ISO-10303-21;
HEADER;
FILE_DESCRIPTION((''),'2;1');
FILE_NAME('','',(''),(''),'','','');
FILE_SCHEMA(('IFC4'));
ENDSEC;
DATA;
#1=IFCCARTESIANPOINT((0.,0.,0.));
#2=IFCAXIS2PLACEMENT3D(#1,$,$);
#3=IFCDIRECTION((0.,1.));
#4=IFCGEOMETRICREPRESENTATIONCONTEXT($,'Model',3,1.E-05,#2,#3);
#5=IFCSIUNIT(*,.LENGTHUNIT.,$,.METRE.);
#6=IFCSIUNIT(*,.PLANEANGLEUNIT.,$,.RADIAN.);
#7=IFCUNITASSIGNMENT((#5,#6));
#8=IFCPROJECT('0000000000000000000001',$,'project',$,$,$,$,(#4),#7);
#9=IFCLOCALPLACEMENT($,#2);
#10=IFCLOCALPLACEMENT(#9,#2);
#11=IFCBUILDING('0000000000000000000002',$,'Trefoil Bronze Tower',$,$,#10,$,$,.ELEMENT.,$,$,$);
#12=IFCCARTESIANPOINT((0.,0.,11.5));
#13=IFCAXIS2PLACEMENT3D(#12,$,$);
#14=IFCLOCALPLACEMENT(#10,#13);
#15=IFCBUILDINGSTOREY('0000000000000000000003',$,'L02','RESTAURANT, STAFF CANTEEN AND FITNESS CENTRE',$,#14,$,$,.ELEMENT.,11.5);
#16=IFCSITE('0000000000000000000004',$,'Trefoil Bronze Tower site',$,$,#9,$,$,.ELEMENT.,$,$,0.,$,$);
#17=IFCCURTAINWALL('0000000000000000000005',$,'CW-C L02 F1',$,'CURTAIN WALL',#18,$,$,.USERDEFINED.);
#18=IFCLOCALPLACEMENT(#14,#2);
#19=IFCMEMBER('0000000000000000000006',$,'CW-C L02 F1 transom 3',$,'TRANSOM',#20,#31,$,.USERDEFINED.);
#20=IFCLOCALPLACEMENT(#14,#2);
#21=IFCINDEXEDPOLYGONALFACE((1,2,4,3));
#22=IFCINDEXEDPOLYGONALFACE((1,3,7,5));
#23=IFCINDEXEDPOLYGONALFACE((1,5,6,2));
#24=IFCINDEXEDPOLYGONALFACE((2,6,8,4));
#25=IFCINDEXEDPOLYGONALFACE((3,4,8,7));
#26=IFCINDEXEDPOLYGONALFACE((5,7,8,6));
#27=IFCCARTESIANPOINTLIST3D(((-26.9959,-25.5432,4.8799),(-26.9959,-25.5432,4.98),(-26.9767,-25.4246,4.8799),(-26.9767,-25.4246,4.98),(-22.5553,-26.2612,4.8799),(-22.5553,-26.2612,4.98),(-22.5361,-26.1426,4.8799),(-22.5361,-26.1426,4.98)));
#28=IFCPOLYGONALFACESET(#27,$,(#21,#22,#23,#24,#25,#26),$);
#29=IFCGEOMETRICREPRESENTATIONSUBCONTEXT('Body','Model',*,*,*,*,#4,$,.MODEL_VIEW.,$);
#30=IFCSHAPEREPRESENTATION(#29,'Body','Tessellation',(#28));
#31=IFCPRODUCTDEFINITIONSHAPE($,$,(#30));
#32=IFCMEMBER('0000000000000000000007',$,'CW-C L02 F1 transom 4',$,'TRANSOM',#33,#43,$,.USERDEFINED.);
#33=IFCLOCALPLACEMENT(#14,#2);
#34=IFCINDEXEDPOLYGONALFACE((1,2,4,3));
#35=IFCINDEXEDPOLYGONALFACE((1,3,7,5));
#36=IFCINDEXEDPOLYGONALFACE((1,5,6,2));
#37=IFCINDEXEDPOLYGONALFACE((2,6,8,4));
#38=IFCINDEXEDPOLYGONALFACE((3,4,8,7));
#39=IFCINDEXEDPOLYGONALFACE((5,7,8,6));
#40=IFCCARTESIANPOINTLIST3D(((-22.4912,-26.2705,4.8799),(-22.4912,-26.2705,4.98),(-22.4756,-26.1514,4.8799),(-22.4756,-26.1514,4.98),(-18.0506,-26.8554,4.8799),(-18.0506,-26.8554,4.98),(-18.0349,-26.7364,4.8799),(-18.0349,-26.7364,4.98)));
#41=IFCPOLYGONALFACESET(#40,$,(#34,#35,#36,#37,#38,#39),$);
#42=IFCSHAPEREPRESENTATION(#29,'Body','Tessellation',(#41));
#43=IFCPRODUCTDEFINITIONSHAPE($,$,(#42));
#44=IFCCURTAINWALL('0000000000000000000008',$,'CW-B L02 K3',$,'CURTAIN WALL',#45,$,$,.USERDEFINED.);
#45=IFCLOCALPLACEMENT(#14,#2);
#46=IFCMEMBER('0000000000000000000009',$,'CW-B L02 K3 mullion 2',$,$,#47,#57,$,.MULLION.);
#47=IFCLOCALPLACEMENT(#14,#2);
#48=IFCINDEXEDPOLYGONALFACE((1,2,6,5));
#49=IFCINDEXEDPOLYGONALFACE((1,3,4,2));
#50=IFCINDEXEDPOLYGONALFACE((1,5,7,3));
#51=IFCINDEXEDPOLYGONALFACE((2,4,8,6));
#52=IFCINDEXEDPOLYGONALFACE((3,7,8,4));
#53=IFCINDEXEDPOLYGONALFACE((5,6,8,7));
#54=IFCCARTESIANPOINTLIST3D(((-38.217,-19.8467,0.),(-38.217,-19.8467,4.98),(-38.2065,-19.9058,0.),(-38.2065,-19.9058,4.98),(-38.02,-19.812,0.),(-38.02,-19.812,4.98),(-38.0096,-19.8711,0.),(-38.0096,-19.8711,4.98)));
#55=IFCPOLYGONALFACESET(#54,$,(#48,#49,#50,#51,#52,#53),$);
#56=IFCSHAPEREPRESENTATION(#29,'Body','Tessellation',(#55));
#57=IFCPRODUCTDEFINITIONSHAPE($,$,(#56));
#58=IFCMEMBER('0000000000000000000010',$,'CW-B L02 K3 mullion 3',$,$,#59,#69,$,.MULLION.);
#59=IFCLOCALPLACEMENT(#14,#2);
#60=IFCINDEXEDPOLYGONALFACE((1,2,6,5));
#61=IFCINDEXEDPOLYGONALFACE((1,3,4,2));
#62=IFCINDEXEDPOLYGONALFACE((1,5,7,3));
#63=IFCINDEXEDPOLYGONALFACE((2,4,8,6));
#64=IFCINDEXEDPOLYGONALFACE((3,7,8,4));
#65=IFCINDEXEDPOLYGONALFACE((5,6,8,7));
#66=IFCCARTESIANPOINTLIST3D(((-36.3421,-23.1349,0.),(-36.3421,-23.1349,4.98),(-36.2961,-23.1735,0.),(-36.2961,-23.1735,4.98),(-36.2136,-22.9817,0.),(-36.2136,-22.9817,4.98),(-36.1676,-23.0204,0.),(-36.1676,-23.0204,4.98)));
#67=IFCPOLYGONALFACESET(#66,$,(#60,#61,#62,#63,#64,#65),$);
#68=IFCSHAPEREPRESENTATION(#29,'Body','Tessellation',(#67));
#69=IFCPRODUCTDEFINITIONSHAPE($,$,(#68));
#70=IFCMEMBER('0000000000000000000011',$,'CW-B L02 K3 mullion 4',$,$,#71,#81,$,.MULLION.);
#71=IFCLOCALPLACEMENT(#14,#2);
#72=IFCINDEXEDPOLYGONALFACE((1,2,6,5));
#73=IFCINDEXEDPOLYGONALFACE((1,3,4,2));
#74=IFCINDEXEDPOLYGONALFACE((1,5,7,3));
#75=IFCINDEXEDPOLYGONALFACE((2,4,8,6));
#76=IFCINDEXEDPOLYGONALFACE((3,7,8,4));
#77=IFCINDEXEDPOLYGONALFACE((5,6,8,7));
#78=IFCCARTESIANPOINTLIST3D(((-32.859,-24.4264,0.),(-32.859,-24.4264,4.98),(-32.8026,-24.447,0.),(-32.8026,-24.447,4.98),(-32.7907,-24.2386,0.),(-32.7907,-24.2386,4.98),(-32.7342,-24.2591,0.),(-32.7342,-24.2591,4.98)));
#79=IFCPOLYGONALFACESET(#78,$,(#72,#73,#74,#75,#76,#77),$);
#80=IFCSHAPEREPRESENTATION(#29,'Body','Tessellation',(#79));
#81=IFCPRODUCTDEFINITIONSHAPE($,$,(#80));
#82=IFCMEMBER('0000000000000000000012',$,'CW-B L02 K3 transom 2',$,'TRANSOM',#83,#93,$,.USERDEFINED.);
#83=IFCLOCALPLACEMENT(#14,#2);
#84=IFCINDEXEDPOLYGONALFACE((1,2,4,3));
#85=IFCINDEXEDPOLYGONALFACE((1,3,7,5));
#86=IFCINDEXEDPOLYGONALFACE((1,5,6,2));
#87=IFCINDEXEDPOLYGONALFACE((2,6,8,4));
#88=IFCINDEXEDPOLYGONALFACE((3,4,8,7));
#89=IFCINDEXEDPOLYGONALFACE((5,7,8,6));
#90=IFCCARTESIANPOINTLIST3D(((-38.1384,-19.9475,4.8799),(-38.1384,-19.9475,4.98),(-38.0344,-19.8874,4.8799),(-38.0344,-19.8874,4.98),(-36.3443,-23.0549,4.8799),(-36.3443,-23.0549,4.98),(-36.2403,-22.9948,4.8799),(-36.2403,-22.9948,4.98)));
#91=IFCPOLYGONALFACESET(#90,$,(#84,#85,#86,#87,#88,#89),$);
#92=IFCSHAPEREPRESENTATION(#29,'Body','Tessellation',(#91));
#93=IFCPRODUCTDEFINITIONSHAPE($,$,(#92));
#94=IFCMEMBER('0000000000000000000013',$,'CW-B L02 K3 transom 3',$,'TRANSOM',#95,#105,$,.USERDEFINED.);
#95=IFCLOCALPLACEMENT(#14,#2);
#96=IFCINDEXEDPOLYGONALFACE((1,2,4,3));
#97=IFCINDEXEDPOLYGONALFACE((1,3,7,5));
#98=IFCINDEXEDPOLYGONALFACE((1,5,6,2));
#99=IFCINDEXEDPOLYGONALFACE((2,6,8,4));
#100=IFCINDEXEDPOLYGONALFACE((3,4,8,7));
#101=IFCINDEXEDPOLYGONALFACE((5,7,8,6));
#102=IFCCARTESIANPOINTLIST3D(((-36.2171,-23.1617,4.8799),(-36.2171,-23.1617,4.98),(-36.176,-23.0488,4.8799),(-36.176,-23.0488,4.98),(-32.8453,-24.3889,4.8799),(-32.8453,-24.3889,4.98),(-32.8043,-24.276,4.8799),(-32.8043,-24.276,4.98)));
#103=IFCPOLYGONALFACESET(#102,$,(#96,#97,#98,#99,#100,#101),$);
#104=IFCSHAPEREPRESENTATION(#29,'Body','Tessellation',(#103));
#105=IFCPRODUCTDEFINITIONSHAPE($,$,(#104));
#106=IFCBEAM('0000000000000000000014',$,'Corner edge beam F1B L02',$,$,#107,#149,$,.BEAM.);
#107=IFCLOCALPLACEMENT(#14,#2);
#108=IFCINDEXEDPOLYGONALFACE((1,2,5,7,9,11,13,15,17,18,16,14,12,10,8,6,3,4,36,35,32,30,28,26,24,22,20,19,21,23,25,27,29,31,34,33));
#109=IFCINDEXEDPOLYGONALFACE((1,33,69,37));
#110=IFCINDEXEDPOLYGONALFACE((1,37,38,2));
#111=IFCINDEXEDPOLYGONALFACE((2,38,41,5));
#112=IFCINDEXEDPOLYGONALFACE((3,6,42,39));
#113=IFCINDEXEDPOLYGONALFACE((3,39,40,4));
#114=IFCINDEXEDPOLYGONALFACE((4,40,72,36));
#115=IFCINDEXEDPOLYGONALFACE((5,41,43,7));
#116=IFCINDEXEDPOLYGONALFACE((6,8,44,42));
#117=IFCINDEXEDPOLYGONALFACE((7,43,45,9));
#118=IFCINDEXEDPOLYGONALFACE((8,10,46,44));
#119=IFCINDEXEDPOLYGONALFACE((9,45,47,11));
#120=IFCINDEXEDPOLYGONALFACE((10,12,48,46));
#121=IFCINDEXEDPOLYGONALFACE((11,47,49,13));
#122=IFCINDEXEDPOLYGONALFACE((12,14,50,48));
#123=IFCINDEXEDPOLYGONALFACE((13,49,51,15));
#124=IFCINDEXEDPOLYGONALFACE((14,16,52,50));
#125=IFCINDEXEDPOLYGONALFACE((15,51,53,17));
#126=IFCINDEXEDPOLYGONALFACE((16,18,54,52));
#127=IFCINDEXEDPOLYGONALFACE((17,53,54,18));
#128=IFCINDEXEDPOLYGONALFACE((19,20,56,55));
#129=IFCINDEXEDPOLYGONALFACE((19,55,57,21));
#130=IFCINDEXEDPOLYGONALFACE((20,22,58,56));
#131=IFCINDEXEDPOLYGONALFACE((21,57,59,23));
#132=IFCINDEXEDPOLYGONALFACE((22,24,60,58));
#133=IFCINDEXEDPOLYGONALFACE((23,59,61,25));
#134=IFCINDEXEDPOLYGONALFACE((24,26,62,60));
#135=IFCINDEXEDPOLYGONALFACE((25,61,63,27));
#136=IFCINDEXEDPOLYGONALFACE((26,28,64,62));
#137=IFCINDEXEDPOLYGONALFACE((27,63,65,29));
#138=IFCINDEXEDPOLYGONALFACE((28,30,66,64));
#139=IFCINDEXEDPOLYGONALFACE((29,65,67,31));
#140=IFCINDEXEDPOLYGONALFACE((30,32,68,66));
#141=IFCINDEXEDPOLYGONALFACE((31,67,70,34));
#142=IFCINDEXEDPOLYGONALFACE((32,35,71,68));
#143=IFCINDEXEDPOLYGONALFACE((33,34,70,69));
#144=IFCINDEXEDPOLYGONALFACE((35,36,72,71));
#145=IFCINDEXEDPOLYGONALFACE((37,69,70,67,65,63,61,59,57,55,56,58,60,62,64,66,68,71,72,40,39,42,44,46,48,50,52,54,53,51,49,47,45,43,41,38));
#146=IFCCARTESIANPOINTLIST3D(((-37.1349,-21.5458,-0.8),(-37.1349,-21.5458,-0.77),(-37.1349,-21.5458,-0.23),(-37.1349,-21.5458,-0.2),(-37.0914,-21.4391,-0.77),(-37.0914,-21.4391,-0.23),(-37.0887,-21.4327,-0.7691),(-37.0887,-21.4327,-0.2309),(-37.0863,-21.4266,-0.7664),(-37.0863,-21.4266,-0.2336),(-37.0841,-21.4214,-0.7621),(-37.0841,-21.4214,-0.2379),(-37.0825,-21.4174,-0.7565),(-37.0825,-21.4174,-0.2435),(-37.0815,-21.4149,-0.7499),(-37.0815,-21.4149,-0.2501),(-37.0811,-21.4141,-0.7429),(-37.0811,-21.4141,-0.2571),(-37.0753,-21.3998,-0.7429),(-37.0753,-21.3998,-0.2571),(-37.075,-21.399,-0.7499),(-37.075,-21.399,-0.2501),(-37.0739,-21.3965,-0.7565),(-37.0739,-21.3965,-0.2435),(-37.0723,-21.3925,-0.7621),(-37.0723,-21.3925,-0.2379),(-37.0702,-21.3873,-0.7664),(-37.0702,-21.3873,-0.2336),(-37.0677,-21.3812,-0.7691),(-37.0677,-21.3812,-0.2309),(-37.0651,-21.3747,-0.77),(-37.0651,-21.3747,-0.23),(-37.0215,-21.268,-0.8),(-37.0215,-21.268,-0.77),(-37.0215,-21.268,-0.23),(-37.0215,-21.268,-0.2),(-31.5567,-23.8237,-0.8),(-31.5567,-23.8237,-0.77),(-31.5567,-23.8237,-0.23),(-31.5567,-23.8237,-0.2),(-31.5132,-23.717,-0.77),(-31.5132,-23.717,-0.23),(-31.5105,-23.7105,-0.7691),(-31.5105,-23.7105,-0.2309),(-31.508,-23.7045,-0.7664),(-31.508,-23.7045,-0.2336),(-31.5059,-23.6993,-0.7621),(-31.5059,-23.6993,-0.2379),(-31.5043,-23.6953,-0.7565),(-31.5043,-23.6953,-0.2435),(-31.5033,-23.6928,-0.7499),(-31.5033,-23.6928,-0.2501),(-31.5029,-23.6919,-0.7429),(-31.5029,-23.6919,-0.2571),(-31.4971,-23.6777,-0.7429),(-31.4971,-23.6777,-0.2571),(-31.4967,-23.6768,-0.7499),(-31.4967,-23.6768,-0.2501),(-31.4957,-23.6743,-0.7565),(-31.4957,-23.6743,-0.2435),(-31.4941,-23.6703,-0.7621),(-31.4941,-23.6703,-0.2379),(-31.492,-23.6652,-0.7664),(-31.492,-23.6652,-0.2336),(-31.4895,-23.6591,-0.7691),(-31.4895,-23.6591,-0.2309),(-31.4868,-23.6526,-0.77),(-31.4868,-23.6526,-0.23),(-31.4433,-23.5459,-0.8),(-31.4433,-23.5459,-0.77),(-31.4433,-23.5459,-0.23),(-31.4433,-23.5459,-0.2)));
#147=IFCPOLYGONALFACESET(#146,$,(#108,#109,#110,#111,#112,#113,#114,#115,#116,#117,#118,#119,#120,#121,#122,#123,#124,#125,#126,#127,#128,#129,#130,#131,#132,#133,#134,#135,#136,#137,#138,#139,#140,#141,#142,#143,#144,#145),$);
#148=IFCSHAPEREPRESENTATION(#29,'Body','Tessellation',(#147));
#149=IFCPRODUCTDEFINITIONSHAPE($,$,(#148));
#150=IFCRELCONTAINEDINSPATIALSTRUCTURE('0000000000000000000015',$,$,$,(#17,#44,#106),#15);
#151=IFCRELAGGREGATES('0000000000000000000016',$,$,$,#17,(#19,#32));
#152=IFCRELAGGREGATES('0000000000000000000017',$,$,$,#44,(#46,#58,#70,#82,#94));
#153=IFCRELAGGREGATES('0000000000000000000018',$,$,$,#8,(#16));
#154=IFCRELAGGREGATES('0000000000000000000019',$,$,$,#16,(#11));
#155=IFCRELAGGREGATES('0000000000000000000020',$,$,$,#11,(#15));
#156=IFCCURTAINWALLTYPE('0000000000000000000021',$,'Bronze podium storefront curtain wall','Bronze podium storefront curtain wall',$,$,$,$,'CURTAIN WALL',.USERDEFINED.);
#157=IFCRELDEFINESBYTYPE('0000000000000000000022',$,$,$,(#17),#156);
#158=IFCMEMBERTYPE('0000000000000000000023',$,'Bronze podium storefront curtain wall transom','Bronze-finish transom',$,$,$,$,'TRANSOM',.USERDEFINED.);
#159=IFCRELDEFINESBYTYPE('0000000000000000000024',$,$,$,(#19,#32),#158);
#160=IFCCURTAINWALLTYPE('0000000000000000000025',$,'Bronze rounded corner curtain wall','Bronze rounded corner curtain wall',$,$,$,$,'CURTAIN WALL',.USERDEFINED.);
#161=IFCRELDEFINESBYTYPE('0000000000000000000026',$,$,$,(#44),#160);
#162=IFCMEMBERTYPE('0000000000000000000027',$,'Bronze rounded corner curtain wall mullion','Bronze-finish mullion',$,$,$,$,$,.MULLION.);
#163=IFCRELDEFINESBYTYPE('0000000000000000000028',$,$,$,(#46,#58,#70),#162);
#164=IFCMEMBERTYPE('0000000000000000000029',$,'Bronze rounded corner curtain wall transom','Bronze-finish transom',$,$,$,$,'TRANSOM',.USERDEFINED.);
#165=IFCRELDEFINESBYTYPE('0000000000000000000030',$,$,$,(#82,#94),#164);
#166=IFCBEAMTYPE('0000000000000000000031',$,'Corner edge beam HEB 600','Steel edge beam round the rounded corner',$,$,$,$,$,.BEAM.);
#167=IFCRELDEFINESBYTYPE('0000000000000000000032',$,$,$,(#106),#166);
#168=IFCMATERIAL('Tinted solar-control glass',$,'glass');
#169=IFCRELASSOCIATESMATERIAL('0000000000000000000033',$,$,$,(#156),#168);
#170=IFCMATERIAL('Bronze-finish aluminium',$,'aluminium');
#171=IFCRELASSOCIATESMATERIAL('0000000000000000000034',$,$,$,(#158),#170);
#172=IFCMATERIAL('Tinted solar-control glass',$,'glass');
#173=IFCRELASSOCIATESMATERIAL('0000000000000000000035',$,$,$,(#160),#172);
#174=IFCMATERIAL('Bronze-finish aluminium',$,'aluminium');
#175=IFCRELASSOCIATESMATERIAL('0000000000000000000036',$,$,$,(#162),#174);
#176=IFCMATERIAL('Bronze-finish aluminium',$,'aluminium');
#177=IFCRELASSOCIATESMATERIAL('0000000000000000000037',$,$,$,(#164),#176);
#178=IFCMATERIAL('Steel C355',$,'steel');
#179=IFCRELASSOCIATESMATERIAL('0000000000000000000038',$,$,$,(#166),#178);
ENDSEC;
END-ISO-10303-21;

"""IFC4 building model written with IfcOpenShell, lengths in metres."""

from ifc_helpers import new_model, si_unit, direction, frame, origin, origin_2d, place, context, subcontext, project, spatial, rectangle, i_section, extrude, material, material_profile, profile_set, type_object, element, aggregate, save


model = new_model("IFC4")

# Units and contexts
model_context = context("Model", 3, precision=1e-05, world=origin(), true_north=direction((0.0, 1.0)))
body_context = subcontext(model_context, "Body", "Model", "MODEL_VIEW")
ifc_project = project(units=[si_unit("LENGTHUNIT", "METRE"), si_unit("PLANEANGLEUNIT", "RADIAN")], contexts=[model_context])

# Site, building, storey
site_placement = place(None, origin())
site = spatial("IfcSite", under=ifc_project, at=site_placement, Name="Trefoil Bronze Tower site", CompositionType="ELEMENT", RefElevation=0.0)
building_placement = place(site_placement, origin())
building = spatial("IfcBuilding", under=site, at=building_placement, Name="Trefoil Bronze Tower", CompositionType="ELEMENT")
storey_placement = place(building_placement, frame((0.0, 0.0, 11.5)))
storey = spatial("IfcBuildingStorey", under=building, at=storey_placement, Name="L02", Description="RESTAURANT, STAFF CANTEEN AND FITNESS CENTRE", CompositionType="ELEMENT", Elevation=11.5)

# Curtain walls, members
ifc_material_1 = material(Name="Tinted solar-control glass", Category="glass")
curtain_wall_type_1 = type_object("IfcCurtainWallType", Name="Bronze podium storefront curtain wall", Description="Bronze podium storefront curtain wall", ElementType="CURTAIN WALL", PredefinedType="USERDEFINED", material=ifc_material_1)
curtain_wall_1_placement = place(storey_placement, origin())
curtain_wall_1 = element("IfcCurtainWall", 1, at=curtain_wall_1_placement, inside=storey, type_object=curtain_wall_type_1, Name="CW-C L02 F1", ObjectType="CURTAIN WALL", PredefinedType="USERDEFINED")
ifc_material_2 = material(Name="Bronze-finish aluminium", Category="aluminium")
ifc_material_profile_1 = material_profile(ifc_material_2, rectangle(XDim=0.1201, YDim=0.1001, at=origin_2d()), Name="CW-C transom")
ifc_profile_set_1 = profile_set([ifc_material_profile_1], Name="Bronze-finish aluminium")
member_type_1 = type_object("IfcMemberType", Name="Bronze podium storefront curtain wall transom", Description="Bronze-finish transom", ElementType="TRANSOM", PredefinedType="USERDEFINED", material=ifc_profile_set_1)
member_1_placement = place(storey_placement, frame((-26.9863, -25.4839, 4.9299), z_axis=(0.987179, -0.159618, 0.0), x_axis=(0.159618, 0.987179, 0.0)))
member_1 = element("IfcMember", 2, at=member_1_placement, type_object=member_type_1, Name="CW-C L02 F1 transom 3", ObjectType="TRANSOM", PredefinedType="USERDEFINED", context=body_context, shape_type="SweptSolid", body=[
    extrude(rectangle(XDim=0.1201, YDim=0.1001, at=origin_2d()), origin(), (0.0, 0.0, 1.0), 4.4983),
])
member_2_placement = place(storey_placement, frame((-22.4834, -26.2109, 4.9299), z_axis=(0.991435, -0.1306, 0.0), x_axis=(0.1306, 0.991435, 0.0)))
member_2 = element("IfcMember", 3, at=member_2_placement, type_object=member_type_1, Name="CW-C L02 F1 transom 4", ObjectType="TRANSOM", PredefinedType="USERDEFINED", context=body_context, shape_type="SweptSolid", body=[
    extrude(rectangle(XDim=0.1201, YDim=0.1001, at=origin_2d()), origin(), (0.0, 0.0, 1.0), 4.479),
])
ifc_material_3 = material(Name="Tinted solar-control glass", Category="glass")
curtain_wall_type_2 = type_object("IfcCurtainWallType", Name="Bronze rounded corner curtain wall", Description="Bronze rounded corner curtain wall", ElementType="CURTAIN WALL", PredefinedType="USERDEFINED", material=ifc_material_3)
curtain_wall_2_placement = place(storey_placement, origin())
curtain_wall_2 = element("IfcCurtainWall", 4, at=curtain_wall_2_placement, inside=storey, type_object=curtain_wall_type_2, Name="CW-B L02 K3", ObjectType="CURTAIN WALL", PredefinedType="USERDEFINED")
ifc_material_4 = material(Name="Bronze-finish aluminium", Category="aluminium")
ifc_material_profile_2 = material_profile(ifc_material_4, rectangle(XDim=0.2, YDim=0.0601, at=origin_2d()), Name="CW-B mullion")
ifc_profile_set_2 = profile_set([ifc_material_profile_2], Name="Bronze-finish aluminium")
member_type_2 = type_object("IfcMemberType", Name="Bronze rounded corner curtain wall mullion", Description="Bronze-finish mullion", PredefinedType="MULLION", material=ifc_profile_set_2)
member_3_placement = place(storey_placement, frame((-38.1133, -19.8589, 0.0), z_axis=(0.0, 0.0, 1.0), x_axis=(0.984808, 0.173648, 0.0)))
member_3 = element("IfcMember", 5, at=member_3_placement, type_object=member_type_2, Name="CW-B L02 K3 mullion 2", PredefinedType="MULLION", context=body_context, shape_type="SweptSolid", body=[
    extrude(rectangle(XDim=0.2, YDim=0.0601, at=origin_2d()), origin(), (0.0, 0.0, 1.0), 4.98),
])
member_4_placement = place(storey_placement, frame((-36.2549, -23.0776, 0.0), z_axis=(0.0, 0.0, 1.0), x_axis=(0.642788, 0.766044, 0.0)))
member_4 = element("IfcMember", 6, at=member_4_placement, type_object=member_type_2, Name="CW-B L02 K3 mullion 3", PredefinedType="MULLION", context=body_context, shape_type="SweptSolid", body=[
    extrude(rectangle(XDim=0.2, YDim=0.0601, at=origin_2d()), origin(), (0.0, 0.0, 1.0), 4.98),
])
member_5_placement = place(storey_placement, frame((-32.7966, -24.3428, 0.0), z_axis=(0.0, 0.0, 1.0), x_axis=(0.34202, 0.939693, 0.0)))
member_5 = element("IfcMember", 7, at=member_5_placement, type_object=member_type_2, Name="CW-B L02 K3 mullion 4", PredefinedType="MULLION", context=body_context, shape_type="SweptSolid", body=[
    extrude(rectangle(XDim=0.2, YDim=0.0601, at=origin_2d()), origin(), (0.0, 0.0, 1.0), 4.98),
])
ifc_material_5 = material(Name="Bronze-finish aluminium", Category="aluminium")
ifc_material_profile_3 = material_profile(ifc_material_5, rectangle(XDim=0.1201, YDim=0.1001, at=origin_2d()), Name="CW-B transom")
ifc_profile_set_3 = profile_set([ifc_material_profile_3], Name="Bronze-finish aluminium")
member_type_3 = type_object("IfcMemberType", Name="Bronze rounded corner curtain wall transom", Description="Bronze-finish transom", ElementType="TRANSOM", PredefinedType="USERDEFINED", material=ifc_profile_set_3)
member_6_placement = place(storey_placement, frame((-38.0864, -19.9175, 4.9299), z_axis=(0.500025, -0.866011, 0.0), x_axis=(0.866011, 0.500025, 0.0)))
member_6 = element("IfcMember", 8, at=member_6_placement, type_object=member_type_3, Name="CW-B L02 K3 transom 2", ObjectType="TRANSOM", PredefinedType="USERDEFINED", context=body_context, shape_type="SweptSolid", body=[
    extrude(rectangle(XDim=0.1201, YDim=0.1001, at=origin_2d()), origin(), (0.0, 0.0, 1.0), 3.5881),
])
member_7_placement = place(storey_placement, frame((-36.1965, -23.1052, 4.9299), z_axis=(0.939688, -0.342033, 0.0), x_axis=(0.342033, 0.939688, 0.0)))
member_7 = element("IfcMember", 9, at=member_7_placement, type_object=member_type_3, Name="CW-B L02 K3 transom 3", ObjectType="TRANSOM", PredefinedType="USERDEFINED", context=body_context, shape_type="SweptSolid", body=[
    extrude(rectangle(XDim=0.1201, YDim=0.1001, at=origin_2d()), origin(), (0.0, 0.0, 1.0), 3.5881),
])

# Beam
ifc_material_6 = material(Name="Steel C355", Category="steel")
ifc_material_profile_4 = material_profile(ifc_material_6, i_section(OverallWidth=0.3, OverallDepth=0.6001, WebThickness=0.0154, FlangeThickness=0.03, FilletRadius=0.0271, at=origin_2d()), Name="HEB 600")
ifc_profile_set_4 = profile_set([ifc_material_profile_4], Name="Steel C355")
beam_type_1 = type_object("IfcBeamType", Name="Corner edge beam HEB 600", Description="Steel edge beam round the rounded corner", PredefinedType="BEAM", material=ifc_profile_set_4)
beam_1_placement = place(storey_placement, frame((-31.5, -23.6848, -0.5), z_axis=(-0.925787, 0.378046, 0.0), x_axis=(-0.378046, -0.925787, 0.0)))
element("IfcBeam", 10, at=beam_1_placement, inside=storey, type_object=beam_type_1, Name="Corner edge beam F1B L02", PredefinedType="BEAM", context=body_context, shape_type="SweptSolid", body=[
    extrude(i_section(OverallWidth=0.3, OverallDepth=0.6001, WebThickness=0.0154, FlangeThickness=0.03, FilletRadius=0.0271, at=origin_2d()), origin(), (0.0, 0.0, 1.0), 6.0254),
])

aggregate(curtain_wall_1, [member_1, member_2])
aggregate(curtain_wall_2, [member_3, member_4, member_5, member_6, member_7])

save(model, "model.ifc")
